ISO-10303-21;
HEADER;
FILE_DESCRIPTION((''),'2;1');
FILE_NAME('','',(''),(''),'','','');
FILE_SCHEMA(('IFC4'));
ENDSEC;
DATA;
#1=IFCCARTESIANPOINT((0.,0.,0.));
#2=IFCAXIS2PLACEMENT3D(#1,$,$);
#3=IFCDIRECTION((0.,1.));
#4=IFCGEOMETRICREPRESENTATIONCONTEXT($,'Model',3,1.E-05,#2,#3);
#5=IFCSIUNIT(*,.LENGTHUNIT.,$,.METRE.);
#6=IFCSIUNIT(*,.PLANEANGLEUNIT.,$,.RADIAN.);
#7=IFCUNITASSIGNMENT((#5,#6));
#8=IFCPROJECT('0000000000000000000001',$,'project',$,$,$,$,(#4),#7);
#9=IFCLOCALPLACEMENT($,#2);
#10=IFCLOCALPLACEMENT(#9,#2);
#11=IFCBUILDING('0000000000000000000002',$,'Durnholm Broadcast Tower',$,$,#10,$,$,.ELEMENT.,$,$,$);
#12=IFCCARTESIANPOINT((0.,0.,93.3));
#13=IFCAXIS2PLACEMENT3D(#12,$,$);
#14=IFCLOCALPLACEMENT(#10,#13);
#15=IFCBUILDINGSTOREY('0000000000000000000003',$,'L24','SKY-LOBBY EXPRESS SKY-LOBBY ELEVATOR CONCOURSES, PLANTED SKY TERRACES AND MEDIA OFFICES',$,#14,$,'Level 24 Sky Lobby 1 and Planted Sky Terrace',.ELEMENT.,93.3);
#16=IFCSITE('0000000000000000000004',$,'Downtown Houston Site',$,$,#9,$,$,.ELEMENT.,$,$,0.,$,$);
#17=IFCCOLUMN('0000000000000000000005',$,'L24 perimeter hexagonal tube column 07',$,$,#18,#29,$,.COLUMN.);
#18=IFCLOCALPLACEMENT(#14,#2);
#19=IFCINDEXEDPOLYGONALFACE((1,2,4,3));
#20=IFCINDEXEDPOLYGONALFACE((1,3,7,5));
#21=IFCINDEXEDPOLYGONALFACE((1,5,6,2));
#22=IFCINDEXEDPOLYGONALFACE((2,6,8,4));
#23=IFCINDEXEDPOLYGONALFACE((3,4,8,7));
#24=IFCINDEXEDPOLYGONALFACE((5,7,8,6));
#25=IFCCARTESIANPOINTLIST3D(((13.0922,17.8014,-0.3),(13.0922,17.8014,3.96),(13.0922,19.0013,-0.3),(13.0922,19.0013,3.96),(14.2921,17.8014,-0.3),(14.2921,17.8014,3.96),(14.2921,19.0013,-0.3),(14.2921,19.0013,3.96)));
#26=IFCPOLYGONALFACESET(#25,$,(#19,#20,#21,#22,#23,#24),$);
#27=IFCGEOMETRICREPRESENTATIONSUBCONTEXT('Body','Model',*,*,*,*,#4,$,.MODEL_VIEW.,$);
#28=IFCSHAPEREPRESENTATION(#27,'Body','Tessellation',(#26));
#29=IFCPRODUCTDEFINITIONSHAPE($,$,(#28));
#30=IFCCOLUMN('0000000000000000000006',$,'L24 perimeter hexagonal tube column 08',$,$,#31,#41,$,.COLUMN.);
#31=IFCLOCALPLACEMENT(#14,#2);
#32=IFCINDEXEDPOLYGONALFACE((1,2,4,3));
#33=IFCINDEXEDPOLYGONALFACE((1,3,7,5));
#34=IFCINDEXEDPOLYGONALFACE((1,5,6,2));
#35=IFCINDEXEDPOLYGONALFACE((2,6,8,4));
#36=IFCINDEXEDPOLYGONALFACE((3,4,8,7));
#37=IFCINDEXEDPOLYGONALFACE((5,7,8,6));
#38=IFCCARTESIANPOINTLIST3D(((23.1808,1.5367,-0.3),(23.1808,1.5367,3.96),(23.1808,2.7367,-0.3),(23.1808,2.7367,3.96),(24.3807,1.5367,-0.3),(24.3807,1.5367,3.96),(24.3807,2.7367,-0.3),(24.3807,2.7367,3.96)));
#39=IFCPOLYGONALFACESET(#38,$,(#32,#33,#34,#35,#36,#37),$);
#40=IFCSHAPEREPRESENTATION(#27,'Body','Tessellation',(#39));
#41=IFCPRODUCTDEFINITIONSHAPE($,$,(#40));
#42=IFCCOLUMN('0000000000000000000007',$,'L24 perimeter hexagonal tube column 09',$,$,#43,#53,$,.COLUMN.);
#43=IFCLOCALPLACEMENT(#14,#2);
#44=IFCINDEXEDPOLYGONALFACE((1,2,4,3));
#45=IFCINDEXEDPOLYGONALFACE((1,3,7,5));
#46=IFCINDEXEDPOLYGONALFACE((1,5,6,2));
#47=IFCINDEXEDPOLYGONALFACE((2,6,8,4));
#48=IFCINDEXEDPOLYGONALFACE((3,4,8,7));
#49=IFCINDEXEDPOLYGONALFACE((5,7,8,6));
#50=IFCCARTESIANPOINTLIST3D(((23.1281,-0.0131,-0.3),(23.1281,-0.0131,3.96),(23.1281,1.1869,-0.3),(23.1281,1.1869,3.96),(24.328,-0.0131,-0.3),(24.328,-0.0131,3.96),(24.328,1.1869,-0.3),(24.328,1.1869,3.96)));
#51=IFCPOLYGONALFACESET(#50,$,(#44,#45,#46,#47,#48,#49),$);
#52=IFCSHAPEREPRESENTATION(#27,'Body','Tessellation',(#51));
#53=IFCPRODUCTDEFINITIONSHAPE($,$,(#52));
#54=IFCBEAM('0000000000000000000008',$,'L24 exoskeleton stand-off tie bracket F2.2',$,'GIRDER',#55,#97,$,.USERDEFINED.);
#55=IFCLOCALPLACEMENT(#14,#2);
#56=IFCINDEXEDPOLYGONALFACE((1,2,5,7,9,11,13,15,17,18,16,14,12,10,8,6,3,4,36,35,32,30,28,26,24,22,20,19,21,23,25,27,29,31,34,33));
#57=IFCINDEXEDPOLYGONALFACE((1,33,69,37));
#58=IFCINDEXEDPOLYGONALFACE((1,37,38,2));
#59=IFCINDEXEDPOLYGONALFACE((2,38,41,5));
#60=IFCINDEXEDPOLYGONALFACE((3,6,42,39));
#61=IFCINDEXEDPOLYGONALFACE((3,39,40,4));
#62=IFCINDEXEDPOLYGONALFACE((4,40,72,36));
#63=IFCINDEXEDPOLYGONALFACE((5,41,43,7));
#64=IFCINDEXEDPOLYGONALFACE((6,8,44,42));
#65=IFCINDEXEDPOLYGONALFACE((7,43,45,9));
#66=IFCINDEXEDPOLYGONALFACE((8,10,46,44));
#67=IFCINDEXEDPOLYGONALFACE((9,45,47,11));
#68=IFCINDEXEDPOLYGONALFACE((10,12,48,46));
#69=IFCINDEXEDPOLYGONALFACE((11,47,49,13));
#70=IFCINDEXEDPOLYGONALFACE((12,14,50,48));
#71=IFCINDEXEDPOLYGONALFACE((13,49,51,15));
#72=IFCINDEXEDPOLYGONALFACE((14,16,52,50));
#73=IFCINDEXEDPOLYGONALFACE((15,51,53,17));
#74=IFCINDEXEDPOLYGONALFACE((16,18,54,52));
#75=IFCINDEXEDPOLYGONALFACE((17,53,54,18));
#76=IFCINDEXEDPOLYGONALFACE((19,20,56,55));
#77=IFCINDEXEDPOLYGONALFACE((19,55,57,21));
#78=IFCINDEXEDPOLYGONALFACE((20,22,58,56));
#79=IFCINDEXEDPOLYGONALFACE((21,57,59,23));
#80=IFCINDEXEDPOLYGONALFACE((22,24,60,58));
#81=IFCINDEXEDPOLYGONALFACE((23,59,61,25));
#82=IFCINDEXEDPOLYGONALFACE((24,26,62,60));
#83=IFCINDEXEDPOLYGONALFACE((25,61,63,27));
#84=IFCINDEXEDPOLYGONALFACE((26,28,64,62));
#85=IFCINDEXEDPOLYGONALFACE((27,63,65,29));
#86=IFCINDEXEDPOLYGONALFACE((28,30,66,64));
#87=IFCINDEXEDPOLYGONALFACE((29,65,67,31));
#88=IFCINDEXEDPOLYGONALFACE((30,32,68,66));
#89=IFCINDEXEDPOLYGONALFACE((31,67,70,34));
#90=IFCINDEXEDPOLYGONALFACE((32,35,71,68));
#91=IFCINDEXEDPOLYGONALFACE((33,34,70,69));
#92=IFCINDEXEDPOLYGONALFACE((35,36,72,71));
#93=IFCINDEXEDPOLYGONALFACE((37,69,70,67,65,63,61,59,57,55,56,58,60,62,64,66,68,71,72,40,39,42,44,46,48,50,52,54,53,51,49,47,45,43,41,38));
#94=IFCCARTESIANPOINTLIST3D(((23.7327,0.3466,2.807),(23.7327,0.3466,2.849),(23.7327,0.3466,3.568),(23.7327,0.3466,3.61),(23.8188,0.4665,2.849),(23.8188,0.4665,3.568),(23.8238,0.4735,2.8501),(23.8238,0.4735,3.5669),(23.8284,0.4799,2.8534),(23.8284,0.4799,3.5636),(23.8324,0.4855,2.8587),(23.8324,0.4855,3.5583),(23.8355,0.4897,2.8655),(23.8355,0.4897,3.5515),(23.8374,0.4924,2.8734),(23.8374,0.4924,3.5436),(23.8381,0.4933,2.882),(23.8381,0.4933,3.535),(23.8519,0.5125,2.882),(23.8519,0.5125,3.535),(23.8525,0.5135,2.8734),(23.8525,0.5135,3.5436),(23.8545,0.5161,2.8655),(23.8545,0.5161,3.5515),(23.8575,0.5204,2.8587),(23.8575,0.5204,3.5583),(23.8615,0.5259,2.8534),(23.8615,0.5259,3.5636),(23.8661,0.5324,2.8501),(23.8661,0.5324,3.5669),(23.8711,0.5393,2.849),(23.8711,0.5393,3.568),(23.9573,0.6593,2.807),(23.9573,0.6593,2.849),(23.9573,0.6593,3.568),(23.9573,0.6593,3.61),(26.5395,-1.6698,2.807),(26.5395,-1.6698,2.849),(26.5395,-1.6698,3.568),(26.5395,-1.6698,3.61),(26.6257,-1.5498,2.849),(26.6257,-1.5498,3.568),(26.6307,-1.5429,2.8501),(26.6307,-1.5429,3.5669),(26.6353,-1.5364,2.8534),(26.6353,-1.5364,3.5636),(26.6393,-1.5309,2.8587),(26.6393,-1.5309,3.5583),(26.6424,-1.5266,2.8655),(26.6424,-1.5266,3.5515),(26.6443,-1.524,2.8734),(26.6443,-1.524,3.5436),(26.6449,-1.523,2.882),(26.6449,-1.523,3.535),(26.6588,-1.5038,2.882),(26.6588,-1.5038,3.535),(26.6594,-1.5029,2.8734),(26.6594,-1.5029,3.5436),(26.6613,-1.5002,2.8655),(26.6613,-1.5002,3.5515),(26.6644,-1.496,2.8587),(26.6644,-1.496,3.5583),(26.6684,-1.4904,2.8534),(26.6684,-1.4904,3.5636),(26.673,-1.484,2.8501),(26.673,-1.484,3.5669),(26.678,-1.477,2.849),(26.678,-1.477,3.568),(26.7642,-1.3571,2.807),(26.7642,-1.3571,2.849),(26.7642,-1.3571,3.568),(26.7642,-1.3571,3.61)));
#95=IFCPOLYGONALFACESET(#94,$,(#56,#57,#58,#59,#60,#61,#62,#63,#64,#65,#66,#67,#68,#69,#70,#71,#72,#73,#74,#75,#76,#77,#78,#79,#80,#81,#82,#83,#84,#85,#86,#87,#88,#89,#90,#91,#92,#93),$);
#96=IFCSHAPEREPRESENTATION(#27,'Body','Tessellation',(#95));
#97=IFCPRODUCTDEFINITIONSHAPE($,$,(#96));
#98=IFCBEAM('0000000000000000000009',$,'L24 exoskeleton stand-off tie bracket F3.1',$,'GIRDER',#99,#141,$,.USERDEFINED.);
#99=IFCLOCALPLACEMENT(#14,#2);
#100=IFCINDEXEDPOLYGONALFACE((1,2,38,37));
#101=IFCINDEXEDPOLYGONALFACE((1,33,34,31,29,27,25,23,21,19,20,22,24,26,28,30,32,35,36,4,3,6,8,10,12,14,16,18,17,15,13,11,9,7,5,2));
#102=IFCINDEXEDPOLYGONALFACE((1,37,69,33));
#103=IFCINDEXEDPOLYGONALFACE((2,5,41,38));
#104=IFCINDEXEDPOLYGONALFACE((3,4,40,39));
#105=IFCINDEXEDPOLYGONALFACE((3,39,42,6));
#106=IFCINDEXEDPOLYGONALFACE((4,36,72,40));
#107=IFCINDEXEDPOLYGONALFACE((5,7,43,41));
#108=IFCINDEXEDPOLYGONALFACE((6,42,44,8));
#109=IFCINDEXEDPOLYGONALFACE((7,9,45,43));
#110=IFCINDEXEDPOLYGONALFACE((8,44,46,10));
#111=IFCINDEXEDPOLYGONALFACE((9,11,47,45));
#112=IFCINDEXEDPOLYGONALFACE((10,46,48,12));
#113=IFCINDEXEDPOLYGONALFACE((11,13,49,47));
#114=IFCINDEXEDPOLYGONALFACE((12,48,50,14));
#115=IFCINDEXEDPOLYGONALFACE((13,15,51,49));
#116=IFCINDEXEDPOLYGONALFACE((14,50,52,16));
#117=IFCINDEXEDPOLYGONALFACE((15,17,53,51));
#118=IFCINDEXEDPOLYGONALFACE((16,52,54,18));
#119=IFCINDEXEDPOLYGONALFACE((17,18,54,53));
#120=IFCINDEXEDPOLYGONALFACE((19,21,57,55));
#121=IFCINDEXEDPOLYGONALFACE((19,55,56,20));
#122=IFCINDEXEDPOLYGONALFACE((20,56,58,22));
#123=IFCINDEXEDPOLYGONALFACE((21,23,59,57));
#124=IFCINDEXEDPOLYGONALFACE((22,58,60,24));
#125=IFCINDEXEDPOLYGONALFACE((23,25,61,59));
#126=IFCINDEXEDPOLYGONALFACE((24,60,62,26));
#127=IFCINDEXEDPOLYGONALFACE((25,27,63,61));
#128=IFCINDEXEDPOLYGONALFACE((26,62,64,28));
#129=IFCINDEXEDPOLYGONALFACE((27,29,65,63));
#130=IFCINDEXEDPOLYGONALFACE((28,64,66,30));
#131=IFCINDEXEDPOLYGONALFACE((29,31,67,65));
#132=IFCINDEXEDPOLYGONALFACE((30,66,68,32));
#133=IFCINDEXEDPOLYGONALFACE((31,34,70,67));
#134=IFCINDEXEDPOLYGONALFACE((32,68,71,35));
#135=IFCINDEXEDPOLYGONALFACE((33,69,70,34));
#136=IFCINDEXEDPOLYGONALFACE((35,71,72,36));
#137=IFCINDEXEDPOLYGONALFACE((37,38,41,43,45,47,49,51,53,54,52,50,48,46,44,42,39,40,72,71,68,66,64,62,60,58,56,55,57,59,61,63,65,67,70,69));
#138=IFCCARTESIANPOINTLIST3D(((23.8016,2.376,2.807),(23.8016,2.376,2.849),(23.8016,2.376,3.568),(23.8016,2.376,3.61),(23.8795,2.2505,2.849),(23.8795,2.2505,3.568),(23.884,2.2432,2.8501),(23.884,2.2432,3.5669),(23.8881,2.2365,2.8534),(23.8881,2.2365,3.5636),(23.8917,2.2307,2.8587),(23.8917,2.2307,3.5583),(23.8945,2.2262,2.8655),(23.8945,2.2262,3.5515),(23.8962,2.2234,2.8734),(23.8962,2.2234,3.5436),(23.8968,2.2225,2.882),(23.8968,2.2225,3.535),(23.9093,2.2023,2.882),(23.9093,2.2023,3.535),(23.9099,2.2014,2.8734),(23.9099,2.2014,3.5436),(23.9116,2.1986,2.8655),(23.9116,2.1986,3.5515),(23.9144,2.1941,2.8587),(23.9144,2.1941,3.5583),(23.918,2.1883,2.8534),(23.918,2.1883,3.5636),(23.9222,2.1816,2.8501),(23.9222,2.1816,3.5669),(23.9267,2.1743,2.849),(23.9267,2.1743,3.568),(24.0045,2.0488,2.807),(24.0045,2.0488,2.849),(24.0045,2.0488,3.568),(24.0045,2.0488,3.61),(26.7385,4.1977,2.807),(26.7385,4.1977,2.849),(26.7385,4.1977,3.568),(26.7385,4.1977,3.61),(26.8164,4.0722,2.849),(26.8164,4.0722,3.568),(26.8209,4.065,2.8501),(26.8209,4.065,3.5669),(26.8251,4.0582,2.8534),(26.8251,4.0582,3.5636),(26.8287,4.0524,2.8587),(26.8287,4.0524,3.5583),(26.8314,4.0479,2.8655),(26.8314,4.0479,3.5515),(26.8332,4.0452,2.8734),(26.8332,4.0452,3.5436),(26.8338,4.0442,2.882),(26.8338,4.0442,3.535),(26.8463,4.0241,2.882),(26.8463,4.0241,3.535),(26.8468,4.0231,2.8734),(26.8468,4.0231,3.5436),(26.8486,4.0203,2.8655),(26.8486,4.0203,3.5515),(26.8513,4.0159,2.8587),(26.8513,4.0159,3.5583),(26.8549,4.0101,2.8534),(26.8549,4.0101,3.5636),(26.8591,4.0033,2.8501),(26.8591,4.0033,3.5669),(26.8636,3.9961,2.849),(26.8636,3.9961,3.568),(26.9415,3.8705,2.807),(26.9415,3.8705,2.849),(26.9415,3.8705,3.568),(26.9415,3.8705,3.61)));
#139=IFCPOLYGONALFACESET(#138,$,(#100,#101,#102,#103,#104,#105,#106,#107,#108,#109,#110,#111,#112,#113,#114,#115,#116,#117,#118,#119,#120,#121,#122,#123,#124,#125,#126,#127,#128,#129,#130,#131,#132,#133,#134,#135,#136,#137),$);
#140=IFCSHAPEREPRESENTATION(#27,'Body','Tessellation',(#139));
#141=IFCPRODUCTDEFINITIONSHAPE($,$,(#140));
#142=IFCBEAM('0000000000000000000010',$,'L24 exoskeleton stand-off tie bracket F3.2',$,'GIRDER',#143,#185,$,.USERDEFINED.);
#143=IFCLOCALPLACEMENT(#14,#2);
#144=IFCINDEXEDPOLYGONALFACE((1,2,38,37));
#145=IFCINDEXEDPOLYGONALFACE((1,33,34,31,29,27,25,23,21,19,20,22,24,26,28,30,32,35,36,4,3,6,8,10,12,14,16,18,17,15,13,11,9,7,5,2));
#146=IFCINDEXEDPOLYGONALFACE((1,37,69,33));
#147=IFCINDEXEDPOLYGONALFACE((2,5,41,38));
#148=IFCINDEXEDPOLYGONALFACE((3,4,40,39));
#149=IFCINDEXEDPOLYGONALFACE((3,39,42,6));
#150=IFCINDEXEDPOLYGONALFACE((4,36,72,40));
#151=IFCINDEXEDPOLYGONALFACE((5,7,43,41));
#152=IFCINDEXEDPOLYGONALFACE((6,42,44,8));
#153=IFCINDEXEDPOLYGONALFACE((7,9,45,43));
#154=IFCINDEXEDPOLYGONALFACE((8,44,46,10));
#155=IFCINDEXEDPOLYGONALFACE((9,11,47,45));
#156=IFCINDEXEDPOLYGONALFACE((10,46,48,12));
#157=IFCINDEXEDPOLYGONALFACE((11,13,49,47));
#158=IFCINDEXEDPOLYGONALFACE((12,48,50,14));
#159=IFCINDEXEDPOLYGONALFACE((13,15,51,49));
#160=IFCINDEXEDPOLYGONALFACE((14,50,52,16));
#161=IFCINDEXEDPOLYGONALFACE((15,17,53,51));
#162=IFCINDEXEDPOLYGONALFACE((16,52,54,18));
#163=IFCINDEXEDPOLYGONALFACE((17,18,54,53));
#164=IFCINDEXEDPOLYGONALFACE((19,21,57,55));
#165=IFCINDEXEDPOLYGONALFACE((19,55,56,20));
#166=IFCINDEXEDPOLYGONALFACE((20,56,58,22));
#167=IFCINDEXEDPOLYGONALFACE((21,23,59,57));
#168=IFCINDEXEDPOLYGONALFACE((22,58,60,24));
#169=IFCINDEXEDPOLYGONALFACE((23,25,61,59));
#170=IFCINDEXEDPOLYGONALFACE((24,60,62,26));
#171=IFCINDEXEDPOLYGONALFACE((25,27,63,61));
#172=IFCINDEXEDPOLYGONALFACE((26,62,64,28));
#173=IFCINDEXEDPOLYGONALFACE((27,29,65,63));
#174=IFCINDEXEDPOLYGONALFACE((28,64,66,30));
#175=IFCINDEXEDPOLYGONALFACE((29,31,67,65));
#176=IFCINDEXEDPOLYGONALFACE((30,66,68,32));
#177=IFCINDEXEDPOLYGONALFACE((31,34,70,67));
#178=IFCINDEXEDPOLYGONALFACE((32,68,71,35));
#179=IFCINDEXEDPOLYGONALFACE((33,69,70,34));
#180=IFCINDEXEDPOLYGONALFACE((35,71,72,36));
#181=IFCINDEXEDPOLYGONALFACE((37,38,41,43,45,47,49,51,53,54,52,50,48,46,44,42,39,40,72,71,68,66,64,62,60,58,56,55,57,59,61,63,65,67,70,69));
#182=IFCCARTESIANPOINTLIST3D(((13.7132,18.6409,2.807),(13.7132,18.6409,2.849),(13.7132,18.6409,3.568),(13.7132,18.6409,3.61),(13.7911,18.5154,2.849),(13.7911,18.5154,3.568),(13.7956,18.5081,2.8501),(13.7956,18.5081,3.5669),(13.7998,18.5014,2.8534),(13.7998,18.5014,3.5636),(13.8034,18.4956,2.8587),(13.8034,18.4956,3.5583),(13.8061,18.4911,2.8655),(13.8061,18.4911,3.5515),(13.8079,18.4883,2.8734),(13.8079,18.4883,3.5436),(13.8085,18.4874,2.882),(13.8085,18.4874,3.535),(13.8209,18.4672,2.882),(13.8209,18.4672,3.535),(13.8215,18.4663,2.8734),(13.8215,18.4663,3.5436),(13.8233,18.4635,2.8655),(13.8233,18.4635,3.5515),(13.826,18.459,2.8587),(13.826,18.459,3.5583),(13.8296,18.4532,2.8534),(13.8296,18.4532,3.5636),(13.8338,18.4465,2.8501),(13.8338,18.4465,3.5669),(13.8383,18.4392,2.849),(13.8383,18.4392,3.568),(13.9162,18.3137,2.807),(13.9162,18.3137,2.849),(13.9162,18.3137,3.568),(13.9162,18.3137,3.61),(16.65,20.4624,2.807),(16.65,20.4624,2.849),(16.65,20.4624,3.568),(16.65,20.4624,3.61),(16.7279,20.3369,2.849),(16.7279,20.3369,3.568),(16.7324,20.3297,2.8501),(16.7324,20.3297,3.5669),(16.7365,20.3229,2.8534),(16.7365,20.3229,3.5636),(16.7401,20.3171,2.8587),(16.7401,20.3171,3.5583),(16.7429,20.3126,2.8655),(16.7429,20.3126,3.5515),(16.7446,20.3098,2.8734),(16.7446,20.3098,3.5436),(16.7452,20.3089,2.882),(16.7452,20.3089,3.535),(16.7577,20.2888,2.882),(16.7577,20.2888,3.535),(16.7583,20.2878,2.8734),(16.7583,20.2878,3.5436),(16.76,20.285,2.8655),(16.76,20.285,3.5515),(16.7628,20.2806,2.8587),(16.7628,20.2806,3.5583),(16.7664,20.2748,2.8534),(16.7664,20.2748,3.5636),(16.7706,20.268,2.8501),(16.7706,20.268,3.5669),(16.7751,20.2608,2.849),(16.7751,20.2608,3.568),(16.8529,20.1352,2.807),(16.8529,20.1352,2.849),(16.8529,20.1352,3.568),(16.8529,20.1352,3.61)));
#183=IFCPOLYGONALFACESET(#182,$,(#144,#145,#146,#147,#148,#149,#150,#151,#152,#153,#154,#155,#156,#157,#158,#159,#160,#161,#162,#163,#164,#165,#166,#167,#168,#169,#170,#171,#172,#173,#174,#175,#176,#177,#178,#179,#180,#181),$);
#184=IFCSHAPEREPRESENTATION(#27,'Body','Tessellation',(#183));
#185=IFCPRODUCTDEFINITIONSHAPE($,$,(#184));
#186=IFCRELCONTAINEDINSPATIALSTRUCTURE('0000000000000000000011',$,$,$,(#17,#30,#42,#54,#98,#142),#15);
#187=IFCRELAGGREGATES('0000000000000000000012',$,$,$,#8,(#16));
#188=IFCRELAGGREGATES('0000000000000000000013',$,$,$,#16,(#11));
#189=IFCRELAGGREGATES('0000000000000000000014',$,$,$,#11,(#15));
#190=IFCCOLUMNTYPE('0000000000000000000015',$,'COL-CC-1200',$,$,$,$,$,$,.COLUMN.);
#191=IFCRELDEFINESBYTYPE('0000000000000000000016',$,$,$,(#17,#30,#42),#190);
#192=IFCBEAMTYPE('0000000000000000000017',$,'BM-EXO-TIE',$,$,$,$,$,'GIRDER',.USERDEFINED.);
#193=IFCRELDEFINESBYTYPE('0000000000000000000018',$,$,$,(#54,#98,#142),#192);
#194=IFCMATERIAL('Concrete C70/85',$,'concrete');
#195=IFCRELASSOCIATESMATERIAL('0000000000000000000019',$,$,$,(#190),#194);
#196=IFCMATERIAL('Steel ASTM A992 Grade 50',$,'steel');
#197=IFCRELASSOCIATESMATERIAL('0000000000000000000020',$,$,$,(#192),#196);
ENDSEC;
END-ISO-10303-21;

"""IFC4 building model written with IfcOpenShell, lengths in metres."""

from ifc_helpers import new_model, si_unit, direction, frame, origin, origin_2d, place, context, subcontext, project, spatial, rectangle, i_section, extrude, source, transform, mapped, material, material_profile, profile_set, type_object, type_shapes, element, save


model = new_model("IFC4")

# Units and contexts
model_context = context("Model", 3, precision=1e-05, world=origin(), true_north=direction((0.0, 1.0)))
body_context = subcontext(model_context, "Body", "Model", "MODEL_VIEW")
ifc_project = project(units=[si_unit("LENGTHUNIT", "METRE"), si_unit("PLANEANGLEUNIT", "RADIAN")], contexts=[model_context])

# Site, building, storey
site_placement = place(None, origin())
site = spatial("IfcSite", under=ifc_project, at=site_placement, Name="Downtown Houston Site", CompositionType="ELEMENT", RefElevation=0.0)
building_placement = place(site_placement, origin())
building = spatial("IfcBuilding", under=site, at=building_placement, Name="Durnholm Broadcast Tower", CompositionType="ELEMENT")
storey_placement = place(building_placement, frame((0.0, 0.0, 93.3)))
storey = spatial("IfcBuildingStorey", under=building, at=storey_placement, Name="L24", Description="SKY-LOBBY EXPRESS SKY-LOBBY ELEVATOR CONCOURSES, PLANTED SKY TERRACES AND MEDIA OFFICES", LongName="Level 24 Sky Lobby 1 and Planted Sky Terrace", CompositionType="ELEMENT", Elevation=93.3)

# Columns
ifc_material_1 = material(Name="Concrete C70/85", Category="concrete")
ifc_material_profile_1 = material_profile(ifc_material_1, rectangle(XDim=1.2, YDim=1.2, at=origin_2d()), Name="RC1200X1200")
ifc_profile_set_1 = profile_set([ifc_material_profile_1], Name="Concrete C70/85")
column_type = type_object("IfcColumnType", Name="COL-CC-1200", PredefinedType="COLUMN", material=ifc_profile_set_1)
shared_shape_1 = source(origin(), body_context, "Body", "SweptSolid", [
    extrude(rectangle(XDim=1.2, YDim=1.2, at=origin_2d()), origin(), (0.0, 0.0, 1.0), 4.26),
])
type_shapes(column_type, [shared_shape_1])
for number, where, z_axis, x_axis, name in (
    (1, (13.6921, 18.4014, -0.3), (0.0, 0.0, 1.0), (1.0, 0.0, 0.0), "L24 perimeter hexagonal tube column 07"),
    (2, (23.7808, 2.1367, -0.3), (0.0, 0.0, 1.0), (1.0, 0.0, 0.0), "L24 perimeter hexagonal tube column 08"),
    (3, (23.728, 0.5869, -0.3), (0.0, 0.0, 1.0), (1.0, 0.0, 0.0), "L24 perimeter hexagonal tube column 09"),
):
    element("IfcColumn", number, at=place(storey_placement, frame(where, z_axis=z_axis, x_axis=x_axis)), inside=storey, type_object=column_type, Name=name, PredefinedType="COLUMN", context=body_context, shape_type="MappedRepresentation", body=[
        mapped(shared_shape_1, transform((0.0, 0.0, 0.0), x_axis=(1.0, 0.0, 0.0), y_axis=(0.0, 1.0, 0.0), z_axis=(0.0, 0.0, 1.0), scale=1.0)),
    ])

# Beams
ifc_material_2 = material(Name="Steel ASTM A992 Grade 50", Category="steel")
ifc_material_profile_2 = material_profile(ifc_material_2, i_section(OverallWidth=0.385, OverallDepth=0.803, WebThickness=0.0237, FlangeThickness=0.042, FilletRadius=0.033, at=origin_2d()), Name="W30X261")
ifc_profile_set_2 = profile_set([ifc_material_profile_2], Name="Steel ASTM A992 Grade 50")
beam_type_1 = type_object("IfcBeamType", Name="BM-EXO-TIE", ElementType="GIRDER", PredefinedType="USERDEFINED", material=ifc_profile_set_2)
shared_shape_2 = source(origin(), body_context, "Body", "SweptSolid", [
    extrude(i_section(OverallWidth=0.385, OverallDepth=0.803, WebThickness=0.0237, FlangeThickness=0.042, FilletRadius=0.033, at=origin_2d()), origin(), (0.0, 0.0, 1.0), 3.4561),
])
for number, where, z_axis, x_axis, name in (
    (4, (23.845, 0.5029, 3.2085), (0.812165, -0.583428, 0.0), (0.583428, 0.812165, 0.0), "L24 exoskeleton stand-off tie bracket F2.2"),
    (5, (23.9031, 2.2124, 3.2085), (0.849795, 0.527113, 0.0), (-0.527113, 0.849795, 0.0), "L24 exoskeleton stand-off tie bracket F3.1"),
):
    element("IfcBeam", number, at=place(storey_placement, frame(where, z_axis=z_axis, x_axis=x_axis)), inside=storey, type_object=beam_type_1, Name=name, ObjectType="GIRDER", PredefinedType="USERDEFINED", context=body_context, shape_type="MappedRepresentation", body=[
        mapped(shared_shape_2, transform((0.0, 0.0, 0.0), x_axis=(1.0, 0.0, 0.0), y_axis=(0.0, 1.0, 0.0), z_axis=(0.0, 0.0, 1.0), scale=1.0)),
    ])
shared_shape_3 = source(origin(), body_context, "Body", "SweptSolid", [
    extrude(i_section(OverallWidth=0.385, OverallDepth=0.803, WebThickness=0.0237, FlangeThickness=0.042, FilletRadius=0.033, at=origin_2d()), origin(), (0.0, 0.0, 1.0), 3.4558),
])
beam_1_placement = place(storey_placement, frame((13.8147, 18.4773, 3.2085), z_axis=(0.849807, 0.527094, 0.0), x_axis=(-0.527094, 0.849807, 0.0)))
element("IfcBeam", 6, at=beam_1_placement, inside=storey, type_object=beam_type_1, Name="L24 exoskeleton stand-off tie bracket F3.2", ObjectType="GIRDER", PredefinedType="USERDEFINED", context=body_context, shape_type="MappedRepresentation", body=[
    mapped(shared_shape_3, transform((0.0, 0.0, 0.0), x_axis=(1.0, 0.0, 0.0), y_axis=(0.0, 1.0, 0.0), z_axis=(0.0, 0.0, 1.0), scale=1.0)),
])

save(model, "model.ifc")
